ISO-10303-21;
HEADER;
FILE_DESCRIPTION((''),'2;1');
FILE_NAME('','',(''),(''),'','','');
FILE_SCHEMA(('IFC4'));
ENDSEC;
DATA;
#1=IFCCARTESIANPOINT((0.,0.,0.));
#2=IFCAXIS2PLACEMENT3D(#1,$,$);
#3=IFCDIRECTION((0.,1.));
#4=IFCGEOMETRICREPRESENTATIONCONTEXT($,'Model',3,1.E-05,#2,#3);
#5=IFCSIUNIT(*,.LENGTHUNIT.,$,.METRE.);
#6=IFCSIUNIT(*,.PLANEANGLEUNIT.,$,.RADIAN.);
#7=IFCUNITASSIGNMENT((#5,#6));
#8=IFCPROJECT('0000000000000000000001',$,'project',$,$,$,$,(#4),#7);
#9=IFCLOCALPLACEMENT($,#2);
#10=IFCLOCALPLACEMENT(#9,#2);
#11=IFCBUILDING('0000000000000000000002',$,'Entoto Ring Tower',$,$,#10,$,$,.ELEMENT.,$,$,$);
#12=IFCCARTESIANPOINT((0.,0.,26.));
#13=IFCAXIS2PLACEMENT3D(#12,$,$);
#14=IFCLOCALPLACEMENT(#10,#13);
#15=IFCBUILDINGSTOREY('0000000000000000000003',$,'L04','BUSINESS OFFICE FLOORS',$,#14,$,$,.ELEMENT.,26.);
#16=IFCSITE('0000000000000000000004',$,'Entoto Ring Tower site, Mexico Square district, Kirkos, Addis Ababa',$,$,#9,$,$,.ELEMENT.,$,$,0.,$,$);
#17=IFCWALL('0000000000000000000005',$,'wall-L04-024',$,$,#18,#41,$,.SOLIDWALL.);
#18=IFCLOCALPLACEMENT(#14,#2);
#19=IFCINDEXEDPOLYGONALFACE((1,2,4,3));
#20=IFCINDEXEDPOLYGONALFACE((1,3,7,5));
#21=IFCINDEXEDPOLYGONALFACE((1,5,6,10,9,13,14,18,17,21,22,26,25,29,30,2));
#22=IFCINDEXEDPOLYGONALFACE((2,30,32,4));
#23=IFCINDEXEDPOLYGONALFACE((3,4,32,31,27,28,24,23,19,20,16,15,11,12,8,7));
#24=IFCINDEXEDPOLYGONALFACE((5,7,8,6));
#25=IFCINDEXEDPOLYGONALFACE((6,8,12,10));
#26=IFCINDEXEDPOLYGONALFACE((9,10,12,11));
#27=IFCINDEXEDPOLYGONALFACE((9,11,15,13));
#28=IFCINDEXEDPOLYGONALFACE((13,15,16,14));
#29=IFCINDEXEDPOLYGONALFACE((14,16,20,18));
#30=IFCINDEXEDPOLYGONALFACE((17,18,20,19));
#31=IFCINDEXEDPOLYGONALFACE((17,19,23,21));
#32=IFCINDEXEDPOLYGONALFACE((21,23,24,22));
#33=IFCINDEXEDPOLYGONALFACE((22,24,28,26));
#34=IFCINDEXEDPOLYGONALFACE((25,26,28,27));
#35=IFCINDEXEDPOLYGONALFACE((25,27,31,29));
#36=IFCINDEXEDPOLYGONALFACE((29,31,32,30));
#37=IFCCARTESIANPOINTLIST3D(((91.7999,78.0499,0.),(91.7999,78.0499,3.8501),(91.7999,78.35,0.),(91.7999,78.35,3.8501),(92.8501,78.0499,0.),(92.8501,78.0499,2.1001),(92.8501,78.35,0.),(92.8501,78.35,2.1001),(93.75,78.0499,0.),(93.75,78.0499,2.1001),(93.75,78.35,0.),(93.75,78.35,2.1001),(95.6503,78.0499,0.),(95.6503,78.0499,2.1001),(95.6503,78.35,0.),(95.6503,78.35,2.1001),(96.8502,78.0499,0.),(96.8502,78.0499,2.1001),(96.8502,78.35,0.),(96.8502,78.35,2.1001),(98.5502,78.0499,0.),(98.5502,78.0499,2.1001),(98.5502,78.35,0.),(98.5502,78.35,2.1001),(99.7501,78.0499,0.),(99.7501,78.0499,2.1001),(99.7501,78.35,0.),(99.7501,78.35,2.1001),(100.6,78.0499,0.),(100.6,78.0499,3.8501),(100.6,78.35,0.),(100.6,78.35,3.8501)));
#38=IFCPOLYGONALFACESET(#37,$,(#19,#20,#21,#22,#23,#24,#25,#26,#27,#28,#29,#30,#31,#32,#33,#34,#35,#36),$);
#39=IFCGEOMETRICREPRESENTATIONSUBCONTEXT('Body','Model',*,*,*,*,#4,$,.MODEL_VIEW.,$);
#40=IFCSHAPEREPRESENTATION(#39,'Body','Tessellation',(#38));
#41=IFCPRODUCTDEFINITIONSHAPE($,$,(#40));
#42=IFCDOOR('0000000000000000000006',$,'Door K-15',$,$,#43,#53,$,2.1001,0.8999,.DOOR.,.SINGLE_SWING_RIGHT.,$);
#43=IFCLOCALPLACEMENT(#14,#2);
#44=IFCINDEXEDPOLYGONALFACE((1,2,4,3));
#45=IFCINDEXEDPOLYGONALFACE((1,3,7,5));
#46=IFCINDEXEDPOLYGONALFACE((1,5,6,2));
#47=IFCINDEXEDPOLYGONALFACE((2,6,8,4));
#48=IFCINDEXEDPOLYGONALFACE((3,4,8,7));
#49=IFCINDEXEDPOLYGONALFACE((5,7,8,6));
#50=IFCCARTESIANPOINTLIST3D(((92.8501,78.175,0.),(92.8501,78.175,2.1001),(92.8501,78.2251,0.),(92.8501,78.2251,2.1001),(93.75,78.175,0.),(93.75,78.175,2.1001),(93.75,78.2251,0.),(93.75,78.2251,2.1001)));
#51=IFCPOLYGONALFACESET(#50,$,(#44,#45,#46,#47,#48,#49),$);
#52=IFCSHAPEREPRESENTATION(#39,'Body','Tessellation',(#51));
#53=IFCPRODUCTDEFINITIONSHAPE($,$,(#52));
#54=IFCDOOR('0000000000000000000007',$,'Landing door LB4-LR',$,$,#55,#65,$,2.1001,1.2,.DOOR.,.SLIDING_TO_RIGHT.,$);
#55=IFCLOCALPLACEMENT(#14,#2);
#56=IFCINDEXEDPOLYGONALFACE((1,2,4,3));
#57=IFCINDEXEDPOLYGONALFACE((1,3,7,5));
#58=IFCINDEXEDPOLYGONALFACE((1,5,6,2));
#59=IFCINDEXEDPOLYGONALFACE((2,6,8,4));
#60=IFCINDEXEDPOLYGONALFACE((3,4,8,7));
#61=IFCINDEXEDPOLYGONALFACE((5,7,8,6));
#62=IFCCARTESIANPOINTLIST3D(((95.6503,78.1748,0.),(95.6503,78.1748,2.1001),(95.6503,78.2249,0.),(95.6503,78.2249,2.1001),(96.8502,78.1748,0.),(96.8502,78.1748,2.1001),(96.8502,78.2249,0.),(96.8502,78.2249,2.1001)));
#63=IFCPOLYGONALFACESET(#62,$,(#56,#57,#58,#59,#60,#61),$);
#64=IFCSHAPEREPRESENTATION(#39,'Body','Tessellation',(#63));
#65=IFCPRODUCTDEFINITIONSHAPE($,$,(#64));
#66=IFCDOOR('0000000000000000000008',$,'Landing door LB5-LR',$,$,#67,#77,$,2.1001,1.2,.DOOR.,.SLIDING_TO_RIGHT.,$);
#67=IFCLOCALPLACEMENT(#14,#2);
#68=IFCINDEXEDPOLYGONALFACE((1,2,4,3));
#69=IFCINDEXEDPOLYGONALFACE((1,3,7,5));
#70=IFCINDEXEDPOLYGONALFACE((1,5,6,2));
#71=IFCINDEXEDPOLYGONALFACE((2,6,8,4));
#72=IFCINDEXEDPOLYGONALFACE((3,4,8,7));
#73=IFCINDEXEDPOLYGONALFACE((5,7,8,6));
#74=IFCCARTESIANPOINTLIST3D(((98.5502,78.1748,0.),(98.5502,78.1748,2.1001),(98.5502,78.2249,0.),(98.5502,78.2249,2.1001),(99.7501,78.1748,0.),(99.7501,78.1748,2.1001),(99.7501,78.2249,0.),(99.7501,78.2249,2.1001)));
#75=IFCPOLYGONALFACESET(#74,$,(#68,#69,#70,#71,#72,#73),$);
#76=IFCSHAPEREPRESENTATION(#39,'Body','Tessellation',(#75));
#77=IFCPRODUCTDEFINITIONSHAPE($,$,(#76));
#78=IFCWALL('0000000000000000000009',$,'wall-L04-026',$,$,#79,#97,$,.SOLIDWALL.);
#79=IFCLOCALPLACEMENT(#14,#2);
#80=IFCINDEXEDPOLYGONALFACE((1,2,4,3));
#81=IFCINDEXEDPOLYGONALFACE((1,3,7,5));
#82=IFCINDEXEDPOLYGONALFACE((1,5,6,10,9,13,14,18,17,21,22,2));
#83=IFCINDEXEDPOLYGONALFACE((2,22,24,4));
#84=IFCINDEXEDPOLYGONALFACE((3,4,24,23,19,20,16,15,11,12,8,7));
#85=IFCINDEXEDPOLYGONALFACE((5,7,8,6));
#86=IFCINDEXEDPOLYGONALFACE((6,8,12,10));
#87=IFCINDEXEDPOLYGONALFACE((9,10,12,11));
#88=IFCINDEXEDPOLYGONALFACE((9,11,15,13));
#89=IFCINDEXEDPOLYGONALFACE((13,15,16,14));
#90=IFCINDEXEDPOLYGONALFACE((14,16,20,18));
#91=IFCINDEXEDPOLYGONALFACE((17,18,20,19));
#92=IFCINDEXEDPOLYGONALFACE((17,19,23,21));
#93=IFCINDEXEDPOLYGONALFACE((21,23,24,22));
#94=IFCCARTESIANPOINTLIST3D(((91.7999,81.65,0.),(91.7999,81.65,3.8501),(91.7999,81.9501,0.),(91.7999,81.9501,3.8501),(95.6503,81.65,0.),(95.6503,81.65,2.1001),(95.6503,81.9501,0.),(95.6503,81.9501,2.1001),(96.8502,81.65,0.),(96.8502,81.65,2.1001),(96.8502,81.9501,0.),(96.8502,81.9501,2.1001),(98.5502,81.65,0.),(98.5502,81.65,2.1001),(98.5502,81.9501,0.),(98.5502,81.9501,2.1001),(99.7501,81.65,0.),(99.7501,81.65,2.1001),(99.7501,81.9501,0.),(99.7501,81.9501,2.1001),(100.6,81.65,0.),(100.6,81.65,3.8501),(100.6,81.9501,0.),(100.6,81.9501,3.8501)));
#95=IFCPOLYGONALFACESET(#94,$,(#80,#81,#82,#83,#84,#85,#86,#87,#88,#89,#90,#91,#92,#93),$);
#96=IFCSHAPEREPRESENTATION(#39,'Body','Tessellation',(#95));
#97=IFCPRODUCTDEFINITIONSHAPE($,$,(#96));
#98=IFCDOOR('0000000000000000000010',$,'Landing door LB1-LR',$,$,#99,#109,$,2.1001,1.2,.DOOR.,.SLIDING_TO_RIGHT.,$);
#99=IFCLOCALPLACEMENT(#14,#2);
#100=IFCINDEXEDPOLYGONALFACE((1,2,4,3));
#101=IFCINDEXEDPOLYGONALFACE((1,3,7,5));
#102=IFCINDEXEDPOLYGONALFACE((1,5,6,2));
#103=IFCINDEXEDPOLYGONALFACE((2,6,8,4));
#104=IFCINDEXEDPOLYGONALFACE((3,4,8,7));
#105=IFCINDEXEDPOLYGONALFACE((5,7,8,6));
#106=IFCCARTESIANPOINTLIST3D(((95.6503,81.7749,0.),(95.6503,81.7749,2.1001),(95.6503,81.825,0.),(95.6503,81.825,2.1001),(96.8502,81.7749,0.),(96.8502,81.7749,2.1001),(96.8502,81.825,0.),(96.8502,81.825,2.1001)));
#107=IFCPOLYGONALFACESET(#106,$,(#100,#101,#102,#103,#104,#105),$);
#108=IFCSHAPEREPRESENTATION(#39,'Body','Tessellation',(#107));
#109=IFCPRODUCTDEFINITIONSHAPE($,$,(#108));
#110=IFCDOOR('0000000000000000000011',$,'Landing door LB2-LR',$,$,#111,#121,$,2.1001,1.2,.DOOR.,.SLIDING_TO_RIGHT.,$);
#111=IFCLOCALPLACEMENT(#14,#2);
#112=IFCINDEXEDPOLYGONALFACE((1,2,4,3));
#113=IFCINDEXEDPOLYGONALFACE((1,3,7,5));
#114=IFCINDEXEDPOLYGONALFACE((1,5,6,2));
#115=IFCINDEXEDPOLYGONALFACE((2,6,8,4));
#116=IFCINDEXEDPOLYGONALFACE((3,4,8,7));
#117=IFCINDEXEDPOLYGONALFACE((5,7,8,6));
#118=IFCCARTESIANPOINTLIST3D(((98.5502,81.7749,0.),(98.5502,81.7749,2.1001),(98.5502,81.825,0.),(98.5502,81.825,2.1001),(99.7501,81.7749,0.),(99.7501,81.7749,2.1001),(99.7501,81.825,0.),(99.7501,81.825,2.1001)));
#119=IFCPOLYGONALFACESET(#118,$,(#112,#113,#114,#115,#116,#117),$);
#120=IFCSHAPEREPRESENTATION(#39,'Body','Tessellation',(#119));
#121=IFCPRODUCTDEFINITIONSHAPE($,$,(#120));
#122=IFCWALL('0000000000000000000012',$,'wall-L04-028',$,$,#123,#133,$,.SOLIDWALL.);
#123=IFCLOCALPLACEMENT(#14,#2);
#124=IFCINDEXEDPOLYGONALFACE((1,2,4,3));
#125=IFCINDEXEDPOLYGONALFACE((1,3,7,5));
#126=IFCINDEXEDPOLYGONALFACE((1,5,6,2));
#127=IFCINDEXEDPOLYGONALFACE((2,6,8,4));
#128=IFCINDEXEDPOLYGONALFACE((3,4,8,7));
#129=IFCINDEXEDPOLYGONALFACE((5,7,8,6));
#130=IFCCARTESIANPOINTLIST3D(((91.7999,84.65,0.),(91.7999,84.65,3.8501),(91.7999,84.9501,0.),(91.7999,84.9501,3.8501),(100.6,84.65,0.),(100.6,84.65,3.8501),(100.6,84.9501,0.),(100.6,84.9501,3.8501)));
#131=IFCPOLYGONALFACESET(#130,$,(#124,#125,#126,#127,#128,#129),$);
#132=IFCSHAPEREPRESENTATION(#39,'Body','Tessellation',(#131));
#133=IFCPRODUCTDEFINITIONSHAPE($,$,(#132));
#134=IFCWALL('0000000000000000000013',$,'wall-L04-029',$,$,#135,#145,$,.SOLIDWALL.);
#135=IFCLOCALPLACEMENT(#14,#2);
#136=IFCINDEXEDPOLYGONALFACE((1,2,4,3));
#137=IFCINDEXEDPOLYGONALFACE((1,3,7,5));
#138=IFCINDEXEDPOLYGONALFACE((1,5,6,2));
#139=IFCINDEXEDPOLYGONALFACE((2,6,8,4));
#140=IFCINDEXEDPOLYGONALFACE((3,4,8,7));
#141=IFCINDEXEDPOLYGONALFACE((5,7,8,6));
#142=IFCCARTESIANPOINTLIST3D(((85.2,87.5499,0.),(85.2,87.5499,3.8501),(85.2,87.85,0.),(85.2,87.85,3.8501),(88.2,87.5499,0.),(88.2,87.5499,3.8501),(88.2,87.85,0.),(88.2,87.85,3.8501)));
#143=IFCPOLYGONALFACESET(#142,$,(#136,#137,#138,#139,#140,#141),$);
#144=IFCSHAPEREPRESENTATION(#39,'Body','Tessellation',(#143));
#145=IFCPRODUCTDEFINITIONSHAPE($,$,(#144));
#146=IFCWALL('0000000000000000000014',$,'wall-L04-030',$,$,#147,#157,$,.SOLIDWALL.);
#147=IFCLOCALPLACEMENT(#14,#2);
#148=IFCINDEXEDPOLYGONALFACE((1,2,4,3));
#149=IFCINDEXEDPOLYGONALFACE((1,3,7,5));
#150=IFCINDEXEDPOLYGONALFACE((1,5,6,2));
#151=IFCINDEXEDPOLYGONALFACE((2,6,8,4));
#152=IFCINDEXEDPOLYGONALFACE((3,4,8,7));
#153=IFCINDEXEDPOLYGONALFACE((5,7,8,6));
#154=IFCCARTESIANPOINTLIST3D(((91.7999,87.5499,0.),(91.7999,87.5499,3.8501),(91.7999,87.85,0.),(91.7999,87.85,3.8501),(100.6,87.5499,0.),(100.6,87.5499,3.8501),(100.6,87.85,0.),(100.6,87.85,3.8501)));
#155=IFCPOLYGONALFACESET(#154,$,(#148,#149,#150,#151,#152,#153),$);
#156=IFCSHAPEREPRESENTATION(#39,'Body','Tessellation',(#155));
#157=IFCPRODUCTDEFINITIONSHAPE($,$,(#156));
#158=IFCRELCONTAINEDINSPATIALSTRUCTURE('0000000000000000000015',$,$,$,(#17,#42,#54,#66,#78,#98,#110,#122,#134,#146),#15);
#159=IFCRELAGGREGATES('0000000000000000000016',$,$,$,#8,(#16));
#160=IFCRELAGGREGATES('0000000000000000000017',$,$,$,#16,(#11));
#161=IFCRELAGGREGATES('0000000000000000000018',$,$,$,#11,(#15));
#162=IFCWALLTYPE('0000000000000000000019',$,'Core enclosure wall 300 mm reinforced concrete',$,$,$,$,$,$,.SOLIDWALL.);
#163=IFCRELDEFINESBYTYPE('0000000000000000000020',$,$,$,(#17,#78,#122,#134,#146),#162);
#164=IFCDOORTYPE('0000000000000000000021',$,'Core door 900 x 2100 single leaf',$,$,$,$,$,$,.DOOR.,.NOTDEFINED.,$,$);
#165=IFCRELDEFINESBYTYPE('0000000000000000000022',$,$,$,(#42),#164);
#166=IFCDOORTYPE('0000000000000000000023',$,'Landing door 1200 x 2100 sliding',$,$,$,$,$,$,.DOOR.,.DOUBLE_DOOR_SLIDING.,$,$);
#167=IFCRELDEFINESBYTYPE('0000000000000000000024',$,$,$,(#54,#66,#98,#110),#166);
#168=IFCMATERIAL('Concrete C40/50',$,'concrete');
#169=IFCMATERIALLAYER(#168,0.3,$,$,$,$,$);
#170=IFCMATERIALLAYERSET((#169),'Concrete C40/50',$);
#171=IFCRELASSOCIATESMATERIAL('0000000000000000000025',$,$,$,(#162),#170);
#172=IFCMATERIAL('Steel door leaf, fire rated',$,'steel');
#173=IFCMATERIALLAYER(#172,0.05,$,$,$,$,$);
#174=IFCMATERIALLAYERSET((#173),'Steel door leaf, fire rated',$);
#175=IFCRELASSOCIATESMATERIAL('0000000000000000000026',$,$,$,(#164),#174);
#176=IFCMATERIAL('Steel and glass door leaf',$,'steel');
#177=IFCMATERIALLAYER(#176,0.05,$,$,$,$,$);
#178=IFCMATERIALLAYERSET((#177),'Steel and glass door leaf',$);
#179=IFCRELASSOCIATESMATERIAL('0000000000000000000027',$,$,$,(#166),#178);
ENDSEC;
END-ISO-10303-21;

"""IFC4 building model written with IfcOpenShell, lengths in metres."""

from ifc_helpers import new_model, si_unit, direction, frame, frame_2d, origin, place, context, subcontext, project, spatial, rectangle, extrude, material, layer, layer_set, type_object, element, fill, save


model = new_model("IFC4")

# Units and contexts
model_context = context("Model", 3, precision=1e-05, world=origin(), true_north=direction((0.0, 1.0)))
body_context = subcontext(model_context, "Body", "Model", "MODEL_VIEW")
ifc_project = project(units=[si_unit("LENGTHUNIT", "METRE"), si_unit("PLANEANGLEUNIT", "RADIAN")], contexts=[model_context])

# Site, building, storey
site_placement = place(None, origin())
site = spatial("IfcSite", under=ifc_project, at=site_placement, Name="Entoto Ring Tower site, Mexico Square district, Kirkos, Addis Ababa", CompositionType="ELEMENT", RefElevation=0.0)
building_placement = place(site_placement, origin())
building = spatial("IfcBuilding", under=site, at=building_placement, Name="Entoto Ring Tower", CompositionType="ELEMENT")
storey_placement = place(building_placement, frame((0.0, 0.0, 26.0)))
storey = spatial("IfcBuildingStorey", under=building, at=storey_placement, Name="L04", Description="BUSINESS OFFICE FLOORS", CompositionType="ELEMENT", Elevation=26.0)

# Shared definitions
ifc_material_1 = material(Name="Concrete C40/50", Category="concrete")
ifc_layer_1 = layer(ifc_material_1, 0.3)
ifc_layer_set_1 = layer_set([ifc_layer_1], Name="Concrete C40/50")
wall_type = type_object("IfcWallType", Name="Core enclosure wall 300 mm reinforced concrete", PredefinedType="SOLIDWALL", material=ifc_layer_set_1)

# Shared definitions
ifc_material_2 = material(Name="Steel door leaf, fire rated", Category="steel")
ifc_layer_2 = layer(ifc_material_2, 0.05)
ifc_layer_set_2 = layer_set([ifc_layer_2], Name="Steel door leaf, fire rated")
door_type_1 = type_object("IfcDoorType", Name="Core door 900 x 2100 single leaf", OperationType="NOTDEFINED", PredefinedType="DOOR", material=ifc_layer_set_2)

# Walls, openings, doors
ifc_material_3 = material(Name="Steel and glass door leaf", Category="steel")
ifc_layer_3 = layer(ifc_material_3, 0.05)
ifc_layer_set_3 = layer_set([ifc_layer_3], Name="Steel and glass door leaf")
door_type_2 = type_object("IfcDoorType", Name="Landing door 1200 x 2100 sliding", OperationType="DOUBLE_DOOR_SLIDING", PredefinedType="DOOR", material=ifc_layer_set_3)
wall_1_placement = place(storey_placement, frame((91.8, 78.2, 0.0), z_axis=(0.0, 0.0, 1.0), x_axis=(1.0, 0.0, 0.0)))
wall_1 = element("IfcWall", 1, at=wall_1_placement, inside=storey, type_object=wall_type, Name="wall-L04-024", PredefinedType="SOLIDWALL", context=body_context, shape_type="SweptSolid", body=[
    extrude(rectangle(XDim=8.8, YDim=0.3, at=frame_2d((4.3999, 0.0))), origin(), (0.0, 0.0, 1.0), 3.8501),
])
opening_1_placement = place(wall_1_placement, frame((3.8501, 0.0, 0.0)))
opening_1 = element("IfcOpeningElement", 2, at=opening_1_placement, cuts=wall_1, PredefinedType="OPENING", context=body_context, shape_type="SweptSolid", body=[
    extrude(rectangle(XDim=1.2, YDim=2.1001, at=frame_2d((0.6001, 1.05))), frame((0.0, 0.1602, 0.0), z_axis=(0.0, -1.0, 0.0), x_axis=(1.0, 0.0, 0.0)), (0.0, 0.0, 1.0), 0.3201),
])
opening_2_placement = place(wall_1_placement, frame((6.75, 0.0, 0.0)))
opening_2 = element("IfcOpeningElement", 3, at=opening_2_placement, cuts=wall_1, PredefinedType="OPENING", context=body_context, shape_type="SweptSolid", body=[
    extrude(rectangle(XDim=1.2, YDim=2.1001, at=frame_2d((0.6001, 1.05))), frame((0.0, 0.1602, 0.0), z_axis=(0.0, -1.0, 0.0), x_axis=(1.0, 0.0, 0.0)), (0.0, 0.0, 1.0), 0.3201),
])
opening_3_placement = place(wall_1_placement, frame((1.05, 0.0, 0.0)))
opening_3 = element("IfcOpeningElement", 4, at=opening_3_placement, cuts=wall_1, PredefinedType="OPENING", context=body_context, shape_type="SweptSolid", body=[
    extrude(rectangle(XDim=0.8999, YDim=2.1001, at=frame_2d((0.45, 1.05))), frame((0.0, 0.1602, 0.0), z_axis=(0.0, -1.0, 0.0), x_axis=(1.0, 0.0, 0.0)), (0.0, 0.0, 1.0), 0.3201),
])
door_1_placement = place(opening_3_placement, frame((0.8999, 0.0, 0.0), z_axis=(0.0, 0.0, 1.0), x_axis=(-1.0, 0.0, 0.0)))
door_1 = element("IfcDoor", 5, at=door_1_placement, inside=storey, type_object=door_type_1, Name="Door K-15", OperationType="SINGLE_SWING_RIGHT", OverallHeight=2.1001, OverallWidth=0.8999, PredefinedType="DOOR", context=body_context, shape_type="SweptSolid", body=[
    extrude(rectangle(XDim=0.8999, YDim=2.1001, at=frame_2d((0.45, 1.05))), frame((0.0, 0.0249, 0.0), z_axis=(0.0, -1.0, 0.0), x_axis=(1.0, 0.0, 0.0)), (0.0, 0.0, 1.0), 0.05),
])
fill(opening_3, door_1)
door_2_placement = place(opening_1_placement, origin())
door_2 = element("IfcDoor", 6, at=door_2_placement, inside=storey, type_object=door_type_2, Name="Landing door LB4-LR", OperationType="SLIDING_TO_RIGHT", OverallHeight=2.1001, OverallWidth=1.2, PredefinedType="DOOR", context=body_context, shape_type="SweptSolid", body=[
    extrude(rectangle(XDim=1.2, YDim=2.1001, at=frame_2d((0.6001, 1.05))), frame((0.0, 0.0249, 0.0), z_axis=(0.0, -1.0, 0.0), x_axis=(1.0, 0.0, 0.0)), (0.0, 0.0, 1.0), 0.05),
])
fill(opening_1, door_2)
door_3_placement = place(opening_2_placement, origin())
door_3 = element("IfcDoor", 7, at=door_3_placement, inside=storey, type_object=door_type_2, Name="Landing door LB5-LR", OperationType="SLIDING_TO_RIGHT", OverallHeight=2.1001, OverallWidth=1.2, PredefinedType="DOOR", context=body_context, shape_type="SweptSolid", body=[
    extrude(rectangle(XDim=1.2, YDim=2.1001, at=frame_2d((0.6001, 1.05))), frame((0.0, 0.0249, 0.0), z_axis=(0.0, -1.0, 0.0), x_axis=(1.0, 0.0, 0.0)), (0.0, 0.0, 1.0), 0.05),
])
fill(opening_2, door_3)
wall_2_placement = place(storey_placement, frame((91.8, 81.8, 0.0), z_axis=(0.0, 0.0, 1.0), x_axis=(1.0, 0.0, 0.0)))
wall_2 = element("IfcWall", 8, at=wall_2_placement, inside=storey, type_object=wall_type, Name="wall-L04-026", PredefinedType="SOLIDWALL", context=body_context, shape_type="SweptSolid", body=[
    extrude(rectangle(XDim=8.8, YDim=0.3, at=frame_2d((4.3999, 0.0))), origin(), (0.0, 0.0, 1.0), 3.8501),
])
opening_4_placement = place(wall_2_placement, frame((3.8501, 0.0, 0.0)))
opening_4 = element("IfcOpeningElement", 9, at=opening_4_placement, cuts=wall_2, PredefinedType="OPENING", context=body_context, shape_type="SweptSolid", body=[
    extrude(rectangle(XDim=1.2, YDim=2.1001, at=frame_2d((0.6001, 1.05))), frame((0.0, 0.1602, 0.0), z_axis=(0.0, -1.0, 0.0), x_axis=(1.0, 0.0, 0.0)), (0.0, 0.0, 1.0), 0.3201),
])
opening_5_placement = place(wall_2_placement, frame((6.75, 0.0, 0.0)))
opening_5 = element("IfcOpeningElement", 10, at=opening_5_placement, cuts=wall_2, PredefinedType="OPENING", context=body_context, shape_type="SweptSolid", body=[
    extrude(rectangle(XDim=1.2, YDim=2.1001, at=frame_2d((0.6001, 1.05))), frame((0.0, 0.1602, 0.0), z_axis=(0.0, -1.0, 0.0), x_axis=(1.0, 0.0, 0.0)), (0.0, 0.0, 1.0), 0.3201),
])
door_4_placement = place(opening_4_placement, origin())
door_4 = element("IfcDoor", 11, at=door_4_placement, inside=storey, type_object=door_type_2, Name="Landing door LB1-LR", OperationType="SLIDING_TO_RIGHT", OverallHeight=2.1001, OverallWidth=1.2, PredefinedType="DOOR", context=body_context, shape_type="SweptSolid", body=[
    extrude(rectangle(XDim=1.2, YDim=2.1001, at=frame_2d((0.6001, 1.05))), frame((0.0, 0.0249, 0.0), z_axis=(0.0, -1.0, 0.0), x_axis=(1.0, 0.0, 0.0)), (0.0, 0.0, 1.0), 0.05),
])
fill(opening_4, door_4)
door_5_placement = place(opening_5_placement, origin())
door_5 = element("IfcDoor", 12, at=door_5_placement, inside=storey, type_object=door_type_2, Name="Landing door LB2-LR", OperationType="SLIDING_TO_RIGHT", OverallHeight=2.1001, OverallWidth=1.2, PredefinedType="DOOR", context=body_context, shape_type="SweptSolid", body=[
    extrude(rectangle(XDim=1.2, YDim=2.1001, at=frame_2d((0.6001, 1.05))), frame((0.0, 0.0249, 0.0), z_axis=(0.0, -1.0, 0.0), x_axis=(1.0, 0.0, 0.0)), (0.0, 0.0, 1.0), 0.05),
])
fill(opening_5, door_5)

# Walls
wall_3_placement = place(storey_placement, frame((91.8, 84.8, 0.0), z_axis=(0.0, 0.0, 1.0), x_axis=(1.0, 0.0, 0.0)))
element("IfcWall", 13, at=wall_3_placement, inside=storey, type_object=wall_type, Name="wall-L04-028", PredefinedType="SOLIDWALL", context=body_context, shape_type="SweptSolid", body=[
    extrude(rectangle(XDim=8.8, YDim=0.3, at=frame_2d((4.3999, 0.0))), origin(), (0.0, 0.0, 1.0), 3.8501),
])
wall_4_placement = place(storey_placement, frame((85.2, 87.7, 0.0), z_axis=(0.0, 0.0, 1.0), x_axis=(1.0, 0.0, 0.0)))
element("IfcWall", 14, at=wall_4_placement, inside=storey, type_object=wall_type, Name="wall-L04-029", PredefinedType="SOLIDWALL", context=body_context, shape_type="SweptSolid", body=[
    extrude(rectangle(XDim=3.0, YDim=0.3, at=frame_2d((1.5, 0.0))), origin(), (0.0, 0.0, 1.0), 3.8501),
])
wall_5_placement = place(storey_placement, frame((91.8, 87.7, 0.0), z_axis=(0.0, 0.0, 1.0), x_axis=(1.0, 0.0, 0.0)))
element("IfcWall", 15, at=wall_5_placement, inside=storey, type_object=wall_type, Name="wall-L04-030", PredefinedType="SOLIDWALL", context=body_context, shape_type="SweptSolid", body=[
    extrude(rectangle(XDim=8.8, YDim=0.3, at=frame_2d((4.3999, 0.0))), origin(), (0.0, 0.0, 1.0), 3.8501),
])

save(model, "model.ifc")
